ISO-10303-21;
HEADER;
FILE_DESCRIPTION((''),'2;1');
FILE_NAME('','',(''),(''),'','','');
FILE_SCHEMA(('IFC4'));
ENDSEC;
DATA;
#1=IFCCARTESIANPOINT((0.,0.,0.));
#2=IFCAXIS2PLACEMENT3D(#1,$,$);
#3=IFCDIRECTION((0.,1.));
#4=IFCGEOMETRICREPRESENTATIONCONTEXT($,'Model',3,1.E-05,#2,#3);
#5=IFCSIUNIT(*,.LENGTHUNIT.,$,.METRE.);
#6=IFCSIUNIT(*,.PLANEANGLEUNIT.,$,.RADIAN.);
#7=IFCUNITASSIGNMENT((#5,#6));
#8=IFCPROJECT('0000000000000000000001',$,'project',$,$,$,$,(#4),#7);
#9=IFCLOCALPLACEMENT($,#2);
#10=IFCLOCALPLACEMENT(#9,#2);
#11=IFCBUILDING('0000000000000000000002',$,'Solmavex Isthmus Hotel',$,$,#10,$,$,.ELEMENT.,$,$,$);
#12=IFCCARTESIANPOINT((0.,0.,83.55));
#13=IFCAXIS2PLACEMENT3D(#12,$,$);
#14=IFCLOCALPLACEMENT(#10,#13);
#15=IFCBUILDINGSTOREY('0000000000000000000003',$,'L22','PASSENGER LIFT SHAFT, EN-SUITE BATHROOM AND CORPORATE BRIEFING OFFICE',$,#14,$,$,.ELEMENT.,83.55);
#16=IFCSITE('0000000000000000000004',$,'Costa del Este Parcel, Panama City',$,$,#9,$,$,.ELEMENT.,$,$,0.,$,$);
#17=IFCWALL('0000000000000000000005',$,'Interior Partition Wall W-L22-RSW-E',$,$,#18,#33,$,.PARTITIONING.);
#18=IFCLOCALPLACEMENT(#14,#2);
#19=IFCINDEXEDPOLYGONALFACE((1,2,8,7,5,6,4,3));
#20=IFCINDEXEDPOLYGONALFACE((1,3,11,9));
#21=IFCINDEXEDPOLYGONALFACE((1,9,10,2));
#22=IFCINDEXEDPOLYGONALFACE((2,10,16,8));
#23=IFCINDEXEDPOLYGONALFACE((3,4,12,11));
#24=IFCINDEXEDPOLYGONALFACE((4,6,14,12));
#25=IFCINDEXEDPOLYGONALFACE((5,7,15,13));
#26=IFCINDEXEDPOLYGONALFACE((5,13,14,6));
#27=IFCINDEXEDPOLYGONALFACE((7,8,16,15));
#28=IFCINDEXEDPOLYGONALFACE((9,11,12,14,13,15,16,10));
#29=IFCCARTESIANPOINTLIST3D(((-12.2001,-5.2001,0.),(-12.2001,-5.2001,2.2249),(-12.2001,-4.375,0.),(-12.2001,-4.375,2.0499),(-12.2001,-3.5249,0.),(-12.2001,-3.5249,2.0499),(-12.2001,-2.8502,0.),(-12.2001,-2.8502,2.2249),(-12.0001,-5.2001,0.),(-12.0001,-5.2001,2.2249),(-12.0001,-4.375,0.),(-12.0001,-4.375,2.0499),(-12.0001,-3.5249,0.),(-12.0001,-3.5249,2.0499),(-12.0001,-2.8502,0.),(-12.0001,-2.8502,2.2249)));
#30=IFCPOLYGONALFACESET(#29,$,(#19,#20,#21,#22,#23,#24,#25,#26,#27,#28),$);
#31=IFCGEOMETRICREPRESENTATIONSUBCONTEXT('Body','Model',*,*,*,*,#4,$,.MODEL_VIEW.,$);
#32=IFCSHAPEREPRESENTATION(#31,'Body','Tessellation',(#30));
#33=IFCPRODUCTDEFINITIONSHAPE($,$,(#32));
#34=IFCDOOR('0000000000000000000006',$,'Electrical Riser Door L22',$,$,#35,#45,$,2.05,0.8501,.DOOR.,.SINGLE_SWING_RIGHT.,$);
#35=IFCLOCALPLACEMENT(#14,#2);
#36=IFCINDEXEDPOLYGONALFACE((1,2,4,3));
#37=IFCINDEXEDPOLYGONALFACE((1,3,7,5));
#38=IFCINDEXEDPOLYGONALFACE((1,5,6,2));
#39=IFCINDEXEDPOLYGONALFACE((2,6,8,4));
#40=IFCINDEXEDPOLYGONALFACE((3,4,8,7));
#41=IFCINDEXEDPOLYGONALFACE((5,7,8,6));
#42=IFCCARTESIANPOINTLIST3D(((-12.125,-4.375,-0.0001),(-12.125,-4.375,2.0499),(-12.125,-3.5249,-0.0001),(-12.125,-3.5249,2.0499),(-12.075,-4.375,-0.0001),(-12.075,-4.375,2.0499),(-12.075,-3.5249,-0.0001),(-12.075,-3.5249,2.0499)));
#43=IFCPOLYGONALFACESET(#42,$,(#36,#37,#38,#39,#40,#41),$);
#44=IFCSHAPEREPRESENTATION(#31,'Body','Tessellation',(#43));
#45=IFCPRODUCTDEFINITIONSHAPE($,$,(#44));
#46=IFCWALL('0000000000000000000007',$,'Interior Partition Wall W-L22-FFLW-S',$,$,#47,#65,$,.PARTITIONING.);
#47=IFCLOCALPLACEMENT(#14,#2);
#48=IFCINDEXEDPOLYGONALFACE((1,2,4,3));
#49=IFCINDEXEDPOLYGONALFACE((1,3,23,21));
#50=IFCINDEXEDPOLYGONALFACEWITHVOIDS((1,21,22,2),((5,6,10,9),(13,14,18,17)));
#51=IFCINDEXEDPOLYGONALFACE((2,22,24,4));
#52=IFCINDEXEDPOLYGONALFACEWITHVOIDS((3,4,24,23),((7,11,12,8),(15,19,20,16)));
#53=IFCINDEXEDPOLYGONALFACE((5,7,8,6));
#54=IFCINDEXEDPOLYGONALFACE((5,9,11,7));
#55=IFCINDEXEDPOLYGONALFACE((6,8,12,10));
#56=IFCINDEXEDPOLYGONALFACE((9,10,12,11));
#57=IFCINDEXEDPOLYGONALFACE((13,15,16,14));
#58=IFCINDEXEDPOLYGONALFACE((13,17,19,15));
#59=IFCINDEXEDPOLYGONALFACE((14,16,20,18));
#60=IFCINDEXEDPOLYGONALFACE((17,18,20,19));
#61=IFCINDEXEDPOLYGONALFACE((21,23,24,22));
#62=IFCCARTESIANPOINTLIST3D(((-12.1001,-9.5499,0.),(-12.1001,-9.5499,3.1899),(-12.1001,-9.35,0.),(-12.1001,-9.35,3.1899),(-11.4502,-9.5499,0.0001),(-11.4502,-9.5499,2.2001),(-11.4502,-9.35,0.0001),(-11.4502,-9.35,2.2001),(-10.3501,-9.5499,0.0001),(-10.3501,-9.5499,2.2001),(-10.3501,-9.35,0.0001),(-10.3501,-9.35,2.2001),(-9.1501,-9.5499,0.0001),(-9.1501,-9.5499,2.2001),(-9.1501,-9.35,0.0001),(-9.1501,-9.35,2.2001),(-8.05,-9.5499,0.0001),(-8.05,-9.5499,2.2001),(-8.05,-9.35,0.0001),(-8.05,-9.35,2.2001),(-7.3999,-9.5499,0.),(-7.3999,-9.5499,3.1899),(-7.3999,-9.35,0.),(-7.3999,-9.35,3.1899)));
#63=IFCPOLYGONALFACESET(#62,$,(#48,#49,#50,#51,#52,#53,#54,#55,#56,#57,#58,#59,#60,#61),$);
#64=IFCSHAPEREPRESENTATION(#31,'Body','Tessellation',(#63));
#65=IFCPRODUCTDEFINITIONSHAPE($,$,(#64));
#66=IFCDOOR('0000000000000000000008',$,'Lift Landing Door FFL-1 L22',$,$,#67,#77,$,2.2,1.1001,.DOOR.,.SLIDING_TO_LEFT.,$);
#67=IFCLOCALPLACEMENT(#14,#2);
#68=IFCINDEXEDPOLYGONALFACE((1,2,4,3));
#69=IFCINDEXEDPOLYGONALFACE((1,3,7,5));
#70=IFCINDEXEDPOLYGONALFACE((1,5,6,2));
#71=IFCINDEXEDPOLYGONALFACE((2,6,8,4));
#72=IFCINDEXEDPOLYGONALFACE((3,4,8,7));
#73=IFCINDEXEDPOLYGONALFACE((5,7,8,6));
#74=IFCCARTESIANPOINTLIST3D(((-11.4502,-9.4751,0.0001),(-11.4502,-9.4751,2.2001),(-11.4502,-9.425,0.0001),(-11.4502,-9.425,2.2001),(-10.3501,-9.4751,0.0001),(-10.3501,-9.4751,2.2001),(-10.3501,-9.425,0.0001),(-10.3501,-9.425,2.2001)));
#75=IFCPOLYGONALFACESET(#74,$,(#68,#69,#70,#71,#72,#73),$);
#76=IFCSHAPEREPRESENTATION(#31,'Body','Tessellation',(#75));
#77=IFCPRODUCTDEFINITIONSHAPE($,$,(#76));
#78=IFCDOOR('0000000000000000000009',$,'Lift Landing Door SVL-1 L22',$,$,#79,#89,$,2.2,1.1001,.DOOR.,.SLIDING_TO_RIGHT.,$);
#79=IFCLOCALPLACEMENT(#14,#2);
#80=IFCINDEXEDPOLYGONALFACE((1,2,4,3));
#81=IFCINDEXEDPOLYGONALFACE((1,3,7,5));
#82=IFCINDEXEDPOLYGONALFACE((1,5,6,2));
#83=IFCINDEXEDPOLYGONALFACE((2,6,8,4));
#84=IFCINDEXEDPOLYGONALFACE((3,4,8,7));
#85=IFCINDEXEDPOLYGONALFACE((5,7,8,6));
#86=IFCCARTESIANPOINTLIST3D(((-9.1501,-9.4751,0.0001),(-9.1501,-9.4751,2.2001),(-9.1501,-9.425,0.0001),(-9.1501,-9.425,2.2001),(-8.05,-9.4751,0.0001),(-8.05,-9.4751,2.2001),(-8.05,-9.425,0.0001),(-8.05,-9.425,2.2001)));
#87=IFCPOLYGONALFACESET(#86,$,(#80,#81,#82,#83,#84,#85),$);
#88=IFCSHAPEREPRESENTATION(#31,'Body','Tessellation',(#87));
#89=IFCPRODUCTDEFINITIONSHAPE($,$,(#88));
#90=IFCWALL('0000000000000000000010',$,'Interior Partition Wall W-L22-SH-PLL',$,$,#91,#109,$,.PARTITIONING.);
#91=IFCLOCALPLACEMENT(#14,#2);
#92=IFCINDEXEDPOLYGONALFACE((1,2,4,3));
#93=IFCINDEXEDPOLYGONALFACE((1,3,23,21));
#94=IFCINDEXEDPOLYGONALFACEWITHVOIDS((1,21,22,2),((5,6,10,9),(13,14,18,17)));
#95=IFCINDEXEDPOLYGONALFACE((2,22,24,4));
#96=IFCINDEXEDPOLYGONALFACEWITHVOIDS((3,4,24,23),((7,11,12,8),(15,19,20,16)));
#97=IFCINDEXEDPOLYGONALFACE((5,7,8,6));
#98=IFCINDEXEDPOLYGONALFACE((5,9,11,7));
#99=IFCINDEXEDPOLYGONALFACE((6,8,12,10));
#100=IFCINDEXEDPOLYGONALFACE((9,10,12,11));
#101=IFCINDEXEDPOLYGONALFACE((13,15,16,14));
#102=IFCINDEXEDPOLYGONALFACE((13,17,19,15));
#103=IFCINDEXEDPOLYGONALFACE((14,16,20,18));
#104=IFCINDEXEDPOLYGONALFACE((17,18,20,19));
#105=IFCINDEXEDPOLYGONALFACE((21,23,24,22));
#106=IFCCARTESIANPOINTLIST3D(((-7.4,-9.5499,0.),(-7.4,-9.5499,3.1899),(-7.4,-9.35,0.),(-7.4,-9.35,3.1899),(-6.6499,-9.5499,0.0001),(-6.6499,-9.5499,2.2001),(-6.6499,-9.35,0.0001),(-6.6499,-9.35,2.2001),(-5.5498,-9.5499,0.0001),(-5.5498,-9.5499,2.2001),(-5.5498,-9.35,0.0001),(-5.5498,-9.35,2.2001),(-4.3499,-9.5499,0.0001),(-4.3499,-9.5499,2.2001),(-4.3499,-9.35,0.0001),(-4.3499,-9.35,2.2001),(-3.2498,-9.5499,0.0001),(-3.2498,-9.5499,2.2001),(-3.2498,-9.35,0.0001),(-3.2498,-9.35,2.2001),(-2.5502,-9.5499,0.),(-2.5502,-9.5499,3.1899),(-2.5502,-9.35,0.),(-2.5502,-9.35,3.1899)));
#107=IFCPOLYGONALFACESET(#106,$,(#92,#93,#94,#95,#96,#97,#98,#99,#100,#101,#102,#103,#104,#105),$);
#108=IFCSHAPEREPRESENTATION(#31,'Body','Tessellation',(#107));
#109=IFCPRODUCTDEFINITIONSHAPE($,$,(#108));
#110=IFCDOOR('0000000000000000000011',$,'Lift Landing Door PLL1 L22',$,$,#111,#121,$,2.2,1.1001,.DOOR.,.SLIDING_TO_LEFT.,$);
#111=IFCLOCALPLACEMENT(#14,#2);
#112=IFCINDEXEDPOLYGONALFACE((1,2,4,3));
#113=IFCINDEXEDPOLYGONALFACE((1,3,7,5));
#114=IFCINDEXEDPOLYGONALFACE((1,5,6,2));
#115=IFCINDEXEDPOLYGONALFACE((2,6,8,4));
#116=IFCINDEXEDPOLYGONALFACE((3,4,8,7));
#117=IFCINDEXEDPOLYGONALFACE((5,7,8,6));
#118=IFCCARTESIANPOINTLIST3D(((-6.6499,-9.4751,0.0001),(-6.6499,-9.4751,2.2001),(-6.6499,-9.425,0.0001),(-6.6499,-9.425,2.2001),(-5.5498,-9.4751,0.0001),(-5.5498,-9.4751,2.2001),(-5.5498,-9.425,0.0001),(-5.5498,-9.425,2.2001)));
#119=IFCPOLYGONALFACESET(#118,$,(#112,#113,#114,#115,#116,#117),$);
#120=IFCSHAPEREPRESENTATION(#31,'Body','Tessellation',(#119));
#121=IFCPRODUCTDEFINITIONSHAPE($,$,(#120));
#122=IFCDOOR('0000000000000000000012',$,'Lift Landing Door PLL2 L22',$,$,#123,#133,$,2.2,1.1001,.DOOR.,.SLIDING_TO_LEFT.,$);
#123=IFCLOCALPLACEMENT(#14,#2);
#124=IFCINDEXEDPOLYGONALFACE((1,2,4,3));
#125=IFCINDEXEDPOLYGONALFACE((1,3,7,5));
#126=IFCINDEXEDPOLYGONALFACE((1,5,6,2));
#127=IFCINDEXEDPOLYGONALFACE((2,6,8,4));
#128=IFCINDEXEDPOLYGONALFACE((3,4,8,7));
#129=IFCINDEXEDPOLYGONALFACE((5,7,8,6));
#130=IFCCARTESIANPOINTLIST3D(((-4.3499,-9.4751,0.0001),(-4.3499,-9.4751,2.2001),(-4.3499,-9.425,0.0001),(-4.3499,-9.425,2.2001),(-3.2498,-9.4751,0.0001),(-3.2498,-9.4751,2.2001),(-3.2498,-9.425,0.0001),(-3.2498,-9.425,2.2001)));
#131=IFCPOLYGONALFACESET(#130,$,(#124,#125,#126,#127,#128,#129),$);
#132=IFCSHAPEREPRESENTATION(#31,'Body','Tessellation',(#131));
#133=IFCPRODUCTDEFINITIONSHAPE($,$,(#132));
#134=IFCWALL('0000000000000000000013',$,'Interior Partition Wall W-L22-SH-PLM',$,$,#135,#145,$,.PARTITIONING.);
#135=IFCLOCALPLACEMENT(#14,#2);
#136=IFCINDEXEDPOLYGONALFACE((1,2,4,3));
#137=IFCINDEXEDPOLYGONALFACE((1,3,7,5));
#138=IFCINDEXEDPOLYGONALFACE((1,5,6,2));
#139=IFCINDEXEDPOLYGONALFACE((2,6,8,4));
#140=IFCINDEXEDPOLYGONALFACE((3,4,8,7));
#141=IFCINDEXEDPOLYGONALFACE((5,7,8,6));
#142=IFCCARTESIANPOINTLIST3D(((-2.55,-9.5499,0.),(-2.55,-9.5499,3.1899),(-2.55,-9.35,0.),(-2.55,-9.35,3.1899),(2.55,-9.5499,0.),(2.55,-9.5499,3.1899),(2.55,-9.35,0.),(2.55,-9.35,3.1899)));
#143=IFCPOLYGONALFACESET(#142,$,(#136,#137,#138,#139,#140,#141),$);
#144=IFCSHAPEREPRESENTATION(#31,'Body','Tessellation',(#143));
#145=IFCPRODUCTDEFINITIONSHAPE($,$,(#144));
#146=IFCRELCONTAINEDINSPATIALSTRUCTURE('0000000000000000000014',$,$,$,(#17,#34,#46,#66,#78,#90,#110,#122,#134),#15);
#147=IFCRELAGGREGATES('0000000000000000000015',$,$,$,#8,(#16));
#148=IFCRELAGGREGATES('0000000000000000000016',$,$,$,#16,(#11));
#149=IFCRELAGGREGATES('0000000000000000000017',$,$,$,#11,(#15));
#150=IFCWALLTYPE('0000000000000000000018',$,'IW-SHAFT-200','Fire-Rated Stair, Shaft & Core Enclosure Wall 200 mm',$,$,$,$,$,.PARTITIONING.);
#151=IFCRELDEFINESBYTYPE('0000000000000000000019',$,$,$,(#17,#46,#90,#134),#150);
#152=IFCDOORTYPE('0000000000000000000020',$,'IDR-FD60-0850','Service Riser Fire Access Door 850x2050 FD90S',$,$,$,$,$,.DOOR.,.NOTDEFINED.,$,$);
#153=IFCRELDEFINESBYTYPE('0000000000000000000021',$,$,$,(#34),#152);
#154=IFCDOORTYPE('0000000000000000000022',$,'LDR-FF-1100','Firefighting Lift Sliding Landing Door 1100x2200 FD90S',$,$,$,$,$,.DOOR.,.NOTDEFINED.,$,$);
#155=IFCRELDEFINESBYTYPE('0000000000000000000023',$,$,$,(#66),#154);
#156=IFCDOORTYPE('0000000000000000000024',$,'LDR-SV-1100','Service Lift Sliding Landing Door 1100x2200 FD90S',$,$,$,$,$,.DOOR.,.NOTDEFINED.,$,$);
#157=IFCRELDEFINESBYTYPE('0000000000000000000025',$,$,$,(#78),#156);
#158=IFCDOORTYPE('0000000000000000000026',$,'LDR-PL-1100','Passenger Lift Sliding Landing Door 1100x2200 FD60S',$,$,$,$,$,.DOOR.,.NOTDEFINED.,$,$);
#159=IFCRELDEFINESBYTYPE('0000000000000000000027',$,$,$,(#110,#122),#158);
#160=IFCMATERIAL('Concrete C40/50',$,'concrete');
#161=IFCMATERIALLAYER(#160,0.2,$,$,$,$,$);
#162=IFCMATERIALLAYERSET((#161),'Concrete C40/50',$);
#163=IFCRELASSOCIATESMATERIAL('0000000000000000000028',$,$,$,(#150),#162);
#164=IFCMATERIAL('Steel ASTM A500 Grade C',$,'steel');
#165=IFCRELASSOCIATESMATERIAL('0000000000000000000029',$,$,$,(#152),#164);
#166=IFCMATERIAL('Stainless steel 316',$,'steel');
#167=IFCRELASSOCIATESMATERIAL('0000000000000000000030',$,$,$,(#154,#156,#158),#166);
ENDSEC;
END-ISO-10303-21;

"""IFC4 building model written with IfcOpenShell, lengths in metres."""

from ifc_helpers import new_model, si_unit, direction, frame, frame_2d, origin, place, context, subcontext, project, spatial, rectangle, extrude, material, layer, layer_set, type_object, element, fill, save


model = new_model("IFC4")

# Units and contexts
model_context = context("Model", 3, precision=1e-05, world=origin(), true_north=direction((0.0, 1.0)))
body_context = subcontext(model_context, "Body", "Model", "MODEL_VIEW")
ifc_project = project(units=[si_unit("LENGTHUNIT", "METRE"), si_unit("PLANEANGLEUNIT", "RADIAN")], contexts=[model_context])

# Site, building, storey
site_placement = place(None, origin())
site = spatial("IfcSite", under=ifc_project, at=site_placement, Name="Costa del Este Parcel, Panama City", CompositionType="ELEMENT", RefElevation=0.0)
building_placement = place(site_placement, origin())
building = spatial("IfcBuilding", under=site, at=building_placement, Name="Solmavex Isthmus Hotel", CompositionType="ELEMENT")
storey_placement = place(building_placement, frame((0.0, 0.0, 83.55)))
storey = spatial("IfcBuildingStorey", under=building, at=storey_placement, Name="L22", Description="PASSENGER LIFT SHAFT, EN-SUITE BATHROOM AND CORPORATE BRIEFING OFFICE", CompositionType="ELEMENT", Elevation=83.55)

# Shared definitions
ifc_material_1 = material(Name="Concrete C40/50", Category="concrete")

# Wall, opening, door
ifc_layer_1 = layer(ifc_material_1, 0.2)
ifc_layer_set_1 = layer_set([ifc_layer_1], Name="Concrete C40/50")
wall_type_1 = type_object("IfcWallType", Name="IW-SHAFT-200", Description="Fire-Rated Stair, Shaft & Core Enclosure Wall 200 mm", PredefinedType="PARTITIONING", material=ifc_layer_set_1)
wall_1_placement = place(storey_placement, frame((-12.1001, -5.2, 0.0), z_axis=(0.0, 0.0, 1.0), x_axis=(0.0, 1.0, 0.0)))
wall_1 = element("IfcWall", 1, at=wall_1_placement, inside=storey, type_object=wall_type_1, Name="Interior Partition Wall W-L22-RSW-E", PredefinedType="PARTITIONING", context=body_context, shape_type="SweptSolid", body=[
    extrude(rectangle(XDim=2.3499, YDim=0.2, at=frame_2d((1.1748, 0.0))), origin(), (0.0, 0.0, 1.0), 2.2249),
])
opening_1_placement = place(wall_1_placement, frame((0.825, 0.0, 0.0)))
opening_1 = element("IfcOpeningElement", 2, at=opening_1_placement, cuts=wall_1, PredefinedType="OPENING", context=body_context, shape_type="SweptSolid", body=[
    extrude(rectangle(XDim=0.8501, YDim=2.05, at=frame_2d((0.425, 1.0249))), frame((0.0, 0.1099, 0.0), z_axis=(0.0, -1.0, 0.0), x_axis=(1.0, 0.0, 0.0)), (0.0, 0.0, 1.0), 0.22),
])
ifc_material_2 = material(Name="Steel ASTM A500 Grade C", Category="steel")
door_type_1 = type_object("IfcDoorType", Name="IDR-FD60-0850", Description="Service Riser Fire Access Door 850x2050 FD90S", OperationType="NOTDEFINED", PredefinedType="DOOR", material=ifc_material_2)
door_1_placement = place(opening_1_placement, origin())
door_1 = element("IfcDoor", 3, at=door_1_placement, inside=storey, type_object=door_type_1, Name="Electrical Riser Door L22", OperationType="SINGLE_SWING_RIGHT", OverallHeight=2.05, OverallWidth=0.8501, PredefinedType="DOOR", context=body_context, shape_type="SweptSolid", body=[
    extrude(rectangle(XDim=0.8501, YDim=2.05, at=frame_2d((0.425, 1.0249))), frame((0.0, 0.0249, 0.0), z_axis=(0.0, -1.0, 0.0), x_axis=(1.0, 0.0, 0.0)), (0.0, 0.0, 1.0), 0.05),
])
fill(opening_1, door_1)

# Walls, openings, doors
wall_2_placement = place(storey_placement, frame((-12.1001, -9.45, 0.0), z_axis=(0.0, 0.0, 1.0), x_axis=(1.0, 0.0, 0.0)))
wall_2 = element("IfcWall", 4, at=wall_2_placement, inside=storey, type_object=wall_type_1, Name="Interior Partition Wall W-L22-FFLW-S", PredefinedType="PARTITIONING", context=body_context, shape_type="SweptSolid", body=[
    extrude(rectangle(XDim=4.7002, YDim=0.2, at=frame_2d((2.3501, 0.0))), origin(), (0.0, 0.0, 1.0), 3.1899),
])
opening_2_placement = place(wall_2_placement, frame((0.6499, 0.0, 0.0)))
opening_2 = element("IfcOpeningElement", 5, at=opening_2_placement, cuts=wall_2, PredefinedType="OPENING", context=body_context, shape_type="SweptSolid", body=[
    extrude(rectangle(XDim=1.1001, YDim=2.2, at=frame_2d((0.55, 1.1001))), frame((0.0, 0.1099, 0.0), z_axis=(0.0, -1.0, 0.0), x_axis=(1.0, 0.0, 0.0)), (0.0, 0.0, 1.0), 0.22),
])
opening_3_placement = place(wall_2_placement, frame((2.95, 0.0, 0.0)))
opening_3 = element("IfcOpeningElement", 6, at=opening_3_placement, cuts=wall_2, PredefinedType="OPENING", context=body_context, shape_type="SweptSolid", body=[
    extrude(rectangle(XDim=1.1001, YDim=2.2, at=frame_2d((0.55, 1.1001))), frame((0.0, 0.1099, 0.0), z_axis=(0.0, -1.0, 0.0), x_axis=(1.0, 0.0, 0.0)), (0.0, 0.0, 1.0), 0.22),
])
ifc_material_3 = material(Name="Stainless steel 316", Category="steel")
door_type_2 = type_object("IfcDoorType", Name="LDR-FF-1100", Description="Firefighting Lift Sliding Landing Door 1100x2200 FD90S", OperationType="NOTDEFINED", PredefinedType="DOOR", material=ifc_material_3)
door_2_placement = place(opening_2_placement, origin())
door_2 = element("IfcDoor", 7, at=door_2_placement, inside=storey, type_object=door_type_2, Name="Lift Landing Door FFL-1 L22", OperationType="SLIDING_TO_LEFT", OverallHeight=2.2, OverallWidth=1.1001, PredefinedType="DOOR", context=body_context, shape_type="SweptSolid", body=[
    extrude(rectangle(XDim=1.1001, YDim=2.2, at=frame_2d((0.55, 1.1001))), frame((0.0, 0.0249, 0.0), z_axis=(0.0, -1.0, 0.0), x_axis=(1.0, 0.0, 0.0)), (0.0, 0.0, 1.0), 0.05),
])
fill(opening_2, door_2)
door_type_3 = type_object("IfcDoorType", Name="LDR-SV-1100", Description="Service Lift Sliding Landing Door 1100x2200 FD90S", OperationType="NOTDEFINED", PredefinedType="DOOR", material=ifc_material_3)
door_3_placement = place(opening_3_placement, origin())
door_3 = element("IfcDoor", 8, at=door_3_placement, inside=storey, type_object=door_type_3, Name="Lift Landing Door SVL-1 L22", OperationType="SLIDING_TO_RIGHT", OverallHeight=2.2, OverallWidth=1.1001, PredefinedType="DOOR", context=body_context, shape_type="SweptSolid", body=[
    extrude(rectangle(XDim=1.1001, YDim=2.2, at=frame_2d((0.55, 1.1001))), frame((0.0, 0.0249, 0.0), z_axis=(0.0, -1.0, 0.0), x_axis=(1.0, 0.0, 0.0)), (0.0, 0.0, 1.0), 0.05),
])
fill(opening_3, door_3)
wall_3_placement = place(storey_placement, frame((-7.3999, -9.45, 0.0), z_axis=(0.0, 0.0, 1.0), x_axis=(1.0, 0.0, 0.0)))
wall_3 = element("IfcWall", 9, at=wall_3_placement, inside=storey, type_object=wall_type_1, Name="Interior Partition Wall W-L22-SH-PLL", PredefinedType="PARTITIONING", context=body_context, shape_type="SweptSolid", body=[
    extrude(rectangle(XDim=4.8499, YDim=0.2, at=frame_2d((2.4248, 0.0))), origin(), (0.0, 0.0, 1.0), 3.1899),
])
opening_4_placement = place(wall_3_placement, frame((0.75, 0.0, 0.0)))
opening_4 = element("IfcOpeningElement", 10, at=opening_4_placement, cuts=wall_3, PredefinedType="OPENING", context=body_context, shape_type="SweptSolid", body=[
    extrude(rectangle(XDim=1.1001, YDim=2.2, at=frame_2d((0.55, 1.1001))), frame((0.0, 0.1099, 0.0), z_axis=(0.0, -1.0, 0.0), x_axis=(1.0, 0.0, 0.0)), (0.0, 0.0, 1.0), 0.22),
])
opening_5_placement = place(wall_3_placement, frame((3.05, 0.0, 0.0)))
opening_5 = element("IfcOpeningElement", 11, at=opening_5_placement, cuts=wall_3, PredefinedType="OPENING", context=body_context, shape_type="SweptSolid", body=[
    extrude(rectangle(XDim=1.1001, YDim=2.2, at=frame_2d((0.55, 1.1001))), frame((0.0, 0.1099, 0.0), z_axis=(0.0, -1.0, 0.0), x_axis=(1.0, 0.0, 0.0)), (0.0, 0.0, 1.0), 0.22),
])
door_type_4 = type_object("IfcDoorType", Name="LDR-PL-1100", Description="Passenger Lift Sliding Landing Door 1100x2200 FD60S", OperationType="NOTDEFINED", PredefinedType="DOOR", material=ifc_material_3)
door_4_placement = place(opening_4_placement, origin())
door_4 = element("IfcDoor", 12, at=door_4_placement, inside=storey, type_object=door_type_4, Name="Lift Landing Door PLL1 L22", OperationType="SLIDING_TO_LEFT", OverallHeight=2.2, OverallWidth=1.1001, PredefinedType="DOOR", context=body_context, shape_type="SweptSolid", body=[
    extrude(rectangle(XDim=1.1001, YDim=2.2, at=frame_2d((0.55, 1.1001))), frame((0.0, 0.0249, 0.0), z_axis=(0.0, -1.0, 0.0), x_axis=(1.0, 0.0, 0.0)), (0.0, 0.0, 1.0), 0.05),
])
fill(opening_4, door_4)
door_5_placement = place(opening_5_placement, origin())
door_5 = element("IfcDoor", 13, at=door_5_placement, inside=storey, type_object=door_type_4, Name="Lift Landing Door PLL2 L22", OperationType="SLIDING_TO_LEFT", OverallHeight=2.2, OverallWidth=1.1001, PredefinedType="DOOR", context=body_context, shape_type="SweptSolid", body=[
    extrude(rectangle(XDim=1.1001, YDim=2.2, at=frame_2d((0.55, 1.1001))), frame((0.0, 0.0249, 0.0), z_axis=(0.0, -1.0, 0.0), x_axis=(1.0, 0.0, 0.0)), (0.0, 0.0, 1.0), 0.05),
])
fill(opening_5, door_5)

# Wall
wall_4_placement = place(storey_placement, frame((-2.55, -9.45, 0.0), z_axis=(0.0, 0.0, 1.0), x_axis=(1.0, 0.0, 0.0)))
element("IfcWall", 14, at=wall_4_placement, inside=storey, type_object=wall_type_1, Name="Interior Partition Wall W-L22-SH-PLM", PredefinedType="PARTITIONING", context=body_context, shape_type="SweptSolid", body=[
    extrude(rectangle(XDim=5.1001, YDim=0.2, at=frame_2d((2.55, 0.0))), origin(), (0.0, 0.0, 1.0), 3.1899),
])

save(model, "model.ifc")
